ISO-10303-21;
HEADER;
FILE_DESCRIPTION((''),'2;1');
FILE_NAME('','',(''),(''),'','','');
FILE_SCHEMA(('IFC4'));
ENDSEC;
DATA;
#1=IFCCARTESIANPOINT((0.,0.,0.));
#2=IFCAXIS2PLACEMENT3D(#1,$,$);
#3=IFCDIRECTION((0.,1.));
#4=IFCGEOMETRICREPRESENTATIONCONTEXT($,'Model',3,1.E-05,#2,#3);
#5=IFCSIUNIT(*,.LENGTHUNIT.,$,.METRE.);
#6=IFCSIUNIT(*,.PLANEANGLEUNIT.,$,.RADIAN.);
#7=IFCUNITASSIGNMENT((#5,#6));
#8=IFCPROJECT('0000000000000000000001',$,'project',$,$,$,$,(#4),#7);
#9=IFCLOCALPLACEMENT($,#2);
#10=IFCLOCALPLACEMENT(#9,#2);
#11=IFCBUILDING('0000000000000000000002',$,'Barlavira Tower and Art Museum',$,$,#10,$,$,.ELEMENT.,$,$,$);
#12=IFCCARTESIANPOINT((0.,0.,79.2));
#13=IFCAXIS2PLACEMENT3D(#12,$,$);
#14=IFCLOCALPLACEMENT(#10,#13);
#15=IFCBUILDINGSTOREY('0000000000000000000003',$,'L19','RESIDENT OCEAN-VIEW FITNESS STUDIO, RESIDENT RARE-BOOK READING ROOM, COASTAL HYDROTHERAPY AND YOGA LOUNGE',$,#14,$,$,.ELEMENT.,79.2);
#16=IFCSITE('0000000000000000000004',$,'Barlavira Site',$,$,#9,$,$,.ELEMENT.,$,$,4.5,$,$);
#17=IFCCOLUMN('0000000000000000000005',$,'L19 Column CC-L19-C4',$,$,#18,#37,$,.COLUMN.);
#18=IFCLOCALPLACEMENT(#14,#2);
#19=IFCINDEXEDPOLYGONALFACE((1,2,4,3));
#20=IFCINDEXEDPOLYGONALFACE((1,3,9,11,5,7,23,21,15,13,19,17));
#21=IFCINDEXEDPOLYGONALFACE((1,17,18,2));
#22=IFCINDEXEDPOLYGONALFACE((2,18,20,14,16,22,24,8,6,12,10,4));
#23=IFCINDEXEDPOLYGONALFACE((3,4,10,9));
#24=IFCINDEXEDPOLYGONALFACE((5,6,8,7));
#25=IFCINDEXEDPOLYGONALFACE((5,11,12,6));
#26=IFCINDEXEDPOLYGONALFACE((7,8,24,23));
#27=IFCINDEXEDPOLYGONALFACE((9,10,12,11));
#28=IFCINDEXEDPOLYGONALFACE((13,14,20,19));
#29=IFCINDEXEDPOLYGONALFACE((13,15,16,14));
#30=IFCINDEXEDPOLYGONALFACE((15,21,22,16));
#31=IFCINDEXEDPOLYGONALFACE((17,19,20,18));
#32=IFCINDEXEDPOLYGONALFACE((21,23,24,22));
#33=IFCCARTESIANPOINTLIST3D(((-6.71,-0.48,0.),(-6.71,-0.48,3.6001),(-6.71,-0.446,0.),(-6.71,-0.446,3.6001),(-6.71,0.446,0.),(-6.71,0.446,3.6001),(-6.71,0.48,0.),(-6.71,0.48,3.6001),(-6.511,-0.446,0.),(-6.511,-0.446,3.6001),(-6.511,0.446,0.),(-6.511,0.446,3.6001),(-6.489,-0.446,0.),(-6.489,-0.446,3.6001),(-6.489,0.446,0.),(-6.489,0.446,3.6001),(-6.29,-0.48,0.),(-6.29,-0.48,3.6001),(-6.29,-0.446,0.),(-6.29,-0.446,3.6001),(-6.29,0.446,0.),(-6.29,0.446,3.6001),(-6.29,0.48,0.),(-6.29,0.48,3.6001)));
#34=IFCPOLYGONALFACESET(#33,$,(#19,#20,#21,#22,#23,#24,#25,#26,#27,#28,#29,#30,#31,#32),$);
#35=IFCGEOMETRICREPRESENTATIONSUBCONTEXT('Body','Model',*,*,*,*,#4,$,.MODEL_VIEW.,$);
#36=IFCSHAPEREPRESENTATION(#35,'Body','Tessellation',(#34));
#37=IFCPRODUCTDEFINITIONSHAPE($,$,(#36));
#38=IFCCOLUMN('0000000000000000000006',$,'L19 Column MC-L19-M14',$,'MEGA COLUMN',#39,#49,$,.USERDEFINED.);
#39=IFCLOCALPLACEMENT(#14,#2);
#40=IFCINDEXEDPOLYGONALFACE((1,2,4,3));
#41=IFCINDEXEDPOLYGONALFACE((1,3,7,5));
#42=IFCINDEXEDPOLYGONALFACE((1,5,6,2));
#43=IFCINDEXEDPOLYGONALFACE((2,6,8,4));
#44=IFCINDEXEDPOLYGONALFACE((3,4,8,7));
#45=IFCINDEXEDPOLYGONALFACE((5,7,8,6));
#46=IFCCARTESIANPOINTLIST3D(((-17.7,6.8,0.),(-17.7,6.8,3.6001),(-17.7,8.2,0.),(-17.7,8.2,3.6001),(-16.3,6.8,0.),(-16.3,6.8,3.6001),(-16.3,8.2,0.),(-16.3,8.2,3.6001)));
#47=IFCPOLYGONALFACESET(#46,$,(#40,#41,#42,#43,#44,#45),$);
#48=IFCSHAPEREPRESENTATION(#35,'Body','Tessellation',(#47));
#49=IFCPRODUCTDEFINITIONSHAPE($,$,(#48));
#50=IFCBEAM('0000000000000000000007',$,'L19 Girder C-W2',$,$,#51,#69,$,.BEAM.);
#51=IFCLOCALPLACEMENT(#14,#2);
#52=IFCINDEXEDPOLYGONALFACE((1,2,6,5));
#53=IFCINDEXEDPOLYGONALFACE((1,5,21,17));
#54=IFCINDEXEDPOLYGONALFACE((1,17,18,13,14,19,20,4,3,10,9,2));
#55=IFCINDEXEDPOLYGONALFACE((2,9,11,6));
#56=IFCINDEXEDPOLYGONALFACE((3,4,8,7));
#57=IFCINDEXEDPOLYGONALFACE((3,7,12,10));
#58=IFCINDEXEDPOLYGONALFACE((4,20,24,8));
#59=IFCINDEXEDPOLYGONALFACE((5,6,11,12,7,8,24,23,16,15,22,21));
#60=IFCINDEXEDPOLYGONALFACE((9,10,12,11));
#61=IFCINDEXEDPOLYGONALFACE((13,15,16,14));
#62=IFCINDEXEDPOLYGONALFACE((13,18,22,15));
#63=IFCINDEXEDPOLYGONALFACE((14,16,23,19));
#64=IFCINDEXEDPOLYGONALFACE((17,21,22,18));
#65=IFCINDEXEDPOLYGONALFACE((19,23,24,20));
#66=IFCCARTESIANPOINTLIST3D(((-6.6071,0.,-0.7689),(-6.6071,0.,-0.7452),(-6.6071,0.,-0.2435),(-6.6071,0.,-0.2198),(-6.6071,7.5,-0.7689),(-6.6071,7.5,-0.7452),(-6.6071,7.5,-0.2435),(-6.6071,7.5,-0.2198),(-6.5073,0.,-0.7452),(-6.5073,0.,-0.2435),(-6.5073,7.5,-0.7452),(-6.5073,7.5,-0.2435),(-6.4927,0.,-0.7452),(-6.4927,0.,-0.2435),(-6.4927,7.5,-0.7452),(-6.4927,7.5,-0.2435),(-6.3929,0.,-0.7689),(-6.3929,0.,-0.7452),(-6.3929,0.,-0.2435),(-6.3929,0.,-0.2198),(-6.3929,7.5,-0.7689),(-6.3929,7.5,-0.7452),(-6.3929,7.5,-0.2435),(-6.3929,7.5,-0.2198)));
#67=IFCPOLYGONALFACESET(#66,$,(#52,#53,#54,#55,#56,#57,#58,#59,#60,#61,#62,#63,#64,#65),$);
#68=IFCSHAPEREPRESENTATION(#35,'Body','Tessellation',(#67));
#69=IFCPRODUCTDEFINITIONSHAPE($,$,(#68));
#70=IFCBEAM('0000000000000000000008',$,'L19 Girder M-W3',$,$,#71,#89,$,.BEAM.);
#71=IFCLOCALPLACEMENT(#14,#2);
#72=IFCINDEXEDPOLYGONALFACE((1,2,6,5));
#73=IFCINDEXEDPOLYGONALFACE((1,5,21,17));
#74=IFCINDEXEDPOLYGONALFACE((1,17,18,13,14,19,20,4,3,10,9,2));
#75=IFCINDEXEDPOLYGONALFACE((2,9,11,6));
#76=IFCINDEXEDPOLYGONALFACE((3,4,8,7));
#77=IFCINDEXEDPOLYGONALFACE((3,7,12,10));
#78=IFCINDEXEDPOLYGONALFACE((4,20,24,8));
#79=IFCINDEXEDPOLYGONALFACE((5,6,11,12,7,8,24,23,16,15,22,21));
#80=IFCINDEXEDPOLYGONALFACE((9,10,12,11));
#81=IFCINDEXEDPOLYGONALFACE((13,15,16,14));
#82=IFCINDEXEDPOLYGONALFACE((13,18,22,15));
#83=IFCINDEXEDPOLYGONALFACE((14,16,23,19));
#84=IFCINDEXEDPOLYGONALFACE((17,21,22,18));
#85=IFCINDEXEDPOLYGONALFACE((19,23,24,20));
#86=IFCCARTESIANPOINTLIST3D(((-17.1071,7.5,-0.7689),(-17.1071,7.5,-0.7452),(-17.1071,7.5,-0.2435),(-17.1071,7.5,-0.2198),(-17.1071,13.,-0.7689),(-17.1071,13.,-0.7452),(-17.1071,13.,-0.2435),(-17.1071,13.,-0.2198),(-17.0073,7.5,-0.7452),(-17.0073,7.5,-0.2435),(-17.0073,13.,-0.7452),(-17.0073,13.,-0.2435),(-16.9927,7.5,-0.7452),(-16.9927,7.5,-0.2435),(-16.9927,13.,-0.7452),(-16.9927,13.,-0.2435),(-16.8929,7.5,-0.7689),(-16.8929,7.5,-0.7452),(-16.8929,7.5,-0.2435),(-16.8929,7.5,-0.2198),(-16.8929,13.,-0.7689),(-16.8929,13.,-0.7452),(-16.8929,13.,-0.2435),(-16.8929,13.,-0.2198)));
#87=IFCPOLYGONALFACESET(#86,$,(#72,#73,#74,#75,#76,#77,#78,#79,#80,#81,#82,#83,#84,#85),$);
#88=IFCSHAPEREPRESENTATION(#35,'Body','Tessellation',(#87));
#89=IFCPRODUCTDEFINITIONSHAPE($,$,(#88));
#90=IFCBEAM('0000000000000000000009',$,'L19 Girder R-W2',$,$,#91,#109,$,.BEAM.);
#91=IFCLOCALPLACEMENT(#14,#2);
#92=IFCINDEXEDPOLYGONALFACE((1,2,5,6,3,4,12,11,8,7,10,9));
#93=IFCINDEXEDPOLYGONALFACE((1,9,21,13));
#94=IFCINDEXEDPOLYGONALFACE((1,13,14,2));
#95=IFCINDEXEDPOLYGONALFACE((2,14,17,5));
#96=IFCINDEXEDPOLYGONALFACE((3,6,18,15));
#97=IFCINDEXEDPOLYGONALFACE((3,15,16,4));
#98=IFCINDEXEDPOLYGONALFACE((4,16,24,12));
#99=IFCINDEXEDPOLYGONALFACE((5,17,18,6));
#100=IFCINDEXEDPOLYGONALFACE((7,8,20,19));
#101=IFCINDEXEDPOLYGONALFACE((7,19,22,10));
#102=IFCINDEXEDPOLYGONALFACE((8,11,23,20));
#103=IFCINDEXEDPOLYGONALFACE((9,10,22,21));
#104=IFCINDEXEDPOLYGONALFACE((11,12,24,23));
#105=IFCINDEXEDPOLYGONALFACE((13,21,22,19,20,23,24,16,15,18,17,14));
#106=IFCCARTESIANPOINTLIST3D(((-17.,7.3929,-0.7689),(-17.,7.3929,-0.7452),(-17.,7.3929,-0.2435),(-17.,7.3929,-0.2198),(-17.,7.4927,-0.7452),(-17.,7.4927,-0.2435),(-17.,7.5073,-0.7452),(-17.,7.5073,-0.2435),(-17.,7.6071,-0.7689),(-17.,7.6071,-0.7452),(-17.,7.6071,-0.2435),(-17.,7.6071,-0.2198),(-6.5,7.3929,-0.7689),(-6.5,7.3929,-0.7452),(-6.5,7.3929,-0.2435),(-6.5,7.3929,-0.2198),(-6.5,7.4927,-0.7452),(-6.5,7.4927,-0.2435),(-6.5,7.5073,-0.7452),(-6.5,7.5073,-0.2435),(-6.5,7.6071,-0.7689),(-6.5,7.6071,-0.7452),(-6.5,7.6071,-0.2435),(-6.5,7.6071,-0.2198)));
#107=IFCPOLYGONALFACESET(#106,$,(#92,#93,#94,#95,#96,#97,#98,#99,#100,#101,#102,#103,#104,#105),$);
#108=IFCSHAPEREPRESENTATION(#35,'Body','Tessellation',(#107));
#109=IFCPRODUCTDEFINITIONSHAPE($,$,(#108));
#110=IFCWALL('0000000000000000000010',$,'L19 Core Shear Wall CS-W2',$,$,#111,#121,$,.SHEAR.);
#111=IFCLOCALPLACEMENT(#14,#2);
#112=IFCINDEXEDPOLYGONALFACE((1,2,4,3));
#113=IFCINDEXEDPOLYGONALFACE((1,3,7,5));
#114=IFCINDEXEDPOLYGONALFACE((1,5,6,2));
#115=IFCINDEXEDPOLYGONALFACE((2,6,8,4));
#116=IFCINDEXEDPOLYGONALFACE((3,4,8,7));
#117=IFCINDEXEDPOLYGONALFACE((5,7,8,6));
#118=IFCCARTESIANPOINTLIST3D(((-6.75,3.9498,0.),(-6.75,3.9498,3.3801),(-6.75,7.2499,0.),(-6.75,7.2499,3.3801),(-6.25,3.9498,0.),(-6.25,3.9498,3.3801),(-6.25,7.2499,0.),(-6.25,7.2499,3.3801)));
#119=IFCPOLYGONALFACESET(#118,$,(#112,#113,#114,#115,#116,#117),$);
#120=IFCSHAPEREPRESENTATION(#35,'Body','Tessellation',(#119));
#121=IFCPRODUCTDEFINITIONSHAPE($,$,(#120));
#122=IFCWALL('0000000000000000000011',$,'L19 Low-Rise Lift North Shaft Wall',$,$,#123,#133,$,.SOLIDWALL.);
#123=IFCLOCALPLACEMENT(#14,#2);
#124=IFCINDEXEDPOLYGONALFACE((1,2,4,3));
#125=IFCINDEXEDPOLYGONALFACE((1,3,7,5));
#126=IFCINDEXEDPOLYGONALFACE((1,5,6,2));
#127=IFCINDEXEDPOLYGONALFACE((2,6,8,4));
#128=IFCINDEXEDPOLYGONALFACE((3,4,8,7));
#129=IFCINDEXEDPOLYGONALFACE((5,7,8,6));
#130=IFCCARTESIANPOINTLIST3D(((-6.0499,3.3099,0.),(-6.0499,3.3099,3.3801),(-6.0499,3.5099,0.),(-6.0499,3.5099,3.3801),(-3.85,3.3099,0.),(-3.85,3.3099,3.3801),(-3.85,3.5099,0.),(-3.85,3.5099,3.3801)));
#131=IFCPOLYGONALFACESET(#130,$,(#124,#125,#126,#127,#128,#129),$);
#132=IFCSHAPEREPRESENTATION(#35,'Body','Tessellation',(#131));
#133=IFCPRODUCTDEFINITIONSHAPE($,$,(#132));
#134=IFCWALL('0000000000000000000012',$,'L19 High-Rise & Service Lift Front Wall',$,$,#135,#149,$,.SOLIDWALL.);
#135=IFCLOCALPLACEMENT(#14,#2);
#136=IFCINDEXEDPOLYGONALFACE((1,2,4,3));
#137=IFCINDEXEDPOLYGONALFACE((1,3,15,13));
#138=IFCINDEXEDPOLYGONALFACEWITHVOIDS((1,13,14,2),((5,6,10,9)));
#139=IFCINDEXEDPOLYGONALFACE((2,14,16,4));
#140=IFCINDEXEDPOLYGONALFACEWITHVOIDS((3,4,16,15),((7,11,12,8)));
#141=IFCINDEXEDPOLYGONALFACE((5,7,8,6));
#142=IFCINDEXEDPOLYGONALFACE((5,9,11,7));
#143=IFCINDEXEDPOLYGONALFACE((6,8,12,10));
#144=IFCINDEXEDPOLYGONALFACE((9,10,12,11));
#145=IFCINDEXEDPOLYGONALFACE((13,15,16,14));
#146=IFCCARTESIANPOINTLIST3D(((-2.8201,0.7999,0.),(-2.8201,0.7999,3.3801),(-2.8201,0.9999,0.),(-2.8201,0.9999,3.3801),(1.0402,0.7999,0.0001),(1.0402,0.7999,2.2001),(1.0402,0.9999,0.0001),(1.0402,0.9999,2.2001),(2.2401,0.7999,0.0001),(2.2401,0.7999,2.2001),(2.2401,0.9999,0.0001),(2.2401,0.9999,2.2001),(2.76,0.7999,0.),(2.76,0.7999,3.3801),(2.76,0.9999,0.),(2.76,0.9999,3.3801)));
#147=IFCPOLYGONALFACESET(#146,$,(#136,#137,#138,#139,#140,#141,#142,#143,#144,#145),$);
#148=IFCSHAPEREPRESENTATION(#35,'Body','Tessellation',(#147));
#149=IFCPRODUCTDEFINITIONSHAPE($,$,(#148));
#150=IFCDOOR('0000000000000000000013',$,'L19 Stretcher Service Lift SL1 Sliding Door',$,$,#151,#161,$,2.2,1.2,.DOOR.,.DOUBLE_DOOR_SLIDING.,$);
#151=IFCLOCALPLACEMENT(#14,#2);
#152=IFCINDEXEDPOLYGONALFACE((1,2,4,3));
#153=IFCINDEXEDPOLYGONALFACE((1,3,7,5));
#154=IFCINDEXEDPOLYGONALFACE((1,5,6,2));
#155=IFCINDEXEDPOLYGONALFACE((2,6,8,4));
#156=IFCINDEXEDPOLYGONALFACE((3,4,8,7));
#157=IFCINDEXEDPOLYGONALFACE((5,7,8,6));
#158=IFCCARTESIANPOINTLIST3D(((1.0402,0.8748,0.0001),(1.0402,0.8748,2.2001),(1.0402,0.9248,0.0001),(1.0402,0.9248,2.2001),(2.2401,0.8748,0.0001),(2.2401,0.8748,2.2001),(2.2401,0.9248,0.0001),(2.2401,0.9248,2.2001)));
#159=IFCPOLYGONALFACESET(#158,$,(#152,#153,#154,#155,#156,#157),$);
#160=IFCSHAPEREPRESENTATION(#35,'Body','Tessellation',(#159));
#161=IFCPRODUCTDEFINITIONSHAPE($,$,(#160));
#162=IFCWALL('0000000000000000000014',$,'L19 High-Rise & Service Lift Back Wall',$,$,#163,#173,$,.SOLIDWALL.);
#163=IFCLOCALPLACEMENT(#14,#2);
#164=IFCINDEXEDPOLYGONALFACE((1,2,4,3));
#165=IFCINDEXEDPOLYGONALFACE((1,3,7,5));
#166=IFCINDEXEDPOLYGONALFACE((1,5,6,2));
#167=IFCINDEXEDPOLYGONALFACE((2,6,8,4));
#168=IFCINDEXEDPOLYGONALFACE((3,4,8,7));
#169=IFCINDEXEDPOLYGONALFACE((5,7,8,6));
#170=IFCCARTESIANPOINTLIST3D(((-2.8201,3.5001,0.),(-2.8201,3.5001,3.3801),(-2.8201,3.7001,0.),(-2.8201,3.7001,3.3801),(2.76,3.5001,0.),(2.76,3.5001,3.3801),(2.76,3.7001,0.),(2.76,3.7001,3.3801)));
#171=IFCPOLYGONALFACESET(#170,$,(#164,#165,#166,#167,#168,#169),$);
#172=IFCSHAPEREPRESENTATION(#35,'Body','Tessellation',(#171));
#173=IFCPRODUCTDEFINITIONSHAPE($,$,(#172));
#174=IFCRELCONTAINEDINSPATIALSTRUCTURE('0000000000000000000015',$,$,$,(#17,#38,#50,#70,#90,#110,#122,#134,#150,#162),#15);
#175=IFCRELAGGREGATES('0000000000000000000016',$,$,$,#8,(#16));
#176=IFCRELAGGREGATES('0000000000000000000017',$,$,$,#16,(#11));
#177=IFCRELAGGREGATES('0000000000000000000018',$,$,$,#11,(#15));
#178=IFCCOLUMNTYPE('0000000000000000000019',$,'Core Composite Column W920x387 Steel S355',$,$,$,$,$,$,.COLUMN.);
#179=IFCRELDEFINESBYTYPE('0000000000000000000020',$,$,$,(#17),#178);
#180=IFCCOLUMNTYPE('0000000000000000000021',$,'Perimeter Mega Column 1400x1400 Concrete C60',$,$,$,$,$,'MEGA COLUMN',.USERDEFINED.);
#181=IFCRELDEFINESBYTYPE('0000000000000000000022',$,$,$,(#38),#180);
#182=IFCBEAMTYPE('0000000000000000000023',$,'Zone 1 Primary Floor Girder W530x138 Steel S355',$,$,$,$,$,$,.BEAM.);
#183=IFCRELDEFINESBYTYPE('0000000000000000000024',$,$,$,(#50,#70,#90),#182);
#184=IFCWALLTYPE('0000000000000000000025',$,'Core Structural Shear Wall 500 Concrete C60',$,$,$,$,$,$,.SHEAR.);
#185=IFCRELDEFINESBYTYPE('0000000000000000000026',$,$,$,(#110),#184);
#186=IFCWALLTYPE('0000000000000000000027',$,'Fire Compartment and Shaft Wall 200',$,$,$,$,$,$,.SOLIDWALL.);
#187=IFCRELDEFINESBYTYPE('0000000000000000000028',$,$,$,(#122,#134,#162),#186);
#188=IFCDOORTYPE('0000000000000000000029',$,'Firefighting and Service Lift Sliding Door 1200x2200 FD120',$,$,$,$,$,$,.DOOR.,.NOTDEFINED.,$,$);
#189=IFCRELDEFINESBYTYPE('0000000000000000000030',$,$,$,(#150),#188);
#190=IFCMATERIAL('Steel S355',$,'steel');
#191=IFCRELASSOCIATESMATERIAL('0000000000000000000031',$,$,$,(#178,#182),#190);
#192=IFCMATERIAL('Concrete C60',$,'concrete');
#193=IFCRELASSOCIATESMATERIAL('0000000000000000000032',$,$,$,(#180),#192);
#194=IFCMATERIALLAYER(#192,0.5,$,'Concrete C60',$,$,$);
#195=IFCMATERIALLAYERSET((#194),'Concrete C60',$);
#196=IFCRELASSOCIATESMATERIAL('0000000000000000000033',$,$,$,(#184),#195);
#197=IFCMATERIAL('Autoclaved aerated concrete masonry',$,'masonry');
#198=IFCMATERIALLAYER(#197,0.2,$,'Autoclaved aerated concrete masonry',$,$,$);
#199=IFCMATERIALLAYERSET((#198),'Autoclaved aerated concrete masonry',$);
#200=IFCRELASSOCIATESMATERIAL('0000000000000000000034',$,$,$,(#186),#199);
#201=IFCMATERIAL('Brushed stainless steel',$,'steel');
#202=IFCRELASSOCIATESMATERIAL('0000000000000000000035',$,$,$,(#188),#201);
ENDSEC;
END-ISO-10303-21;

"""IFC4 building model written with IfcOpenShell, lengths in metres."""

from ifc_helpers import new_model, si_unit, direction, frame, frame_2d, origin, origin_2d, place, context, subcontext, project, spatial, rectangle, i_section, extrude, material, layer, layer_set, material_profile, profile_set, type_object, element, fill, save


model = new_model("IFC4")

# Units and contexts
model_context = context("Model", 3, precision=1e-05, world=origin(), true_north=direction((0.0, 1.0)))
body_context = subcontext(model_context, "Body", "Model", "MODEL_VIEW")
ifc_project = project(units=[si_unit("LENGTHUNIT", "METRE"), si_unit("PLANEANGLEUNIT", "RADIAN")], contexts=[model_context])

# Site, building, storey
site_placement = place(None, origin())
site = spatial("IfcSite", under=ifc_project, at=site_placement, Name="Barlavira Site", CompositionType="ELEMENT", RefElevation=4.5)
building_placement = place(site_placement, origin())
building = spatial("IfcBuilding", under=site, at=building_placement, Name="Barlavira Tower and Art Museum", CompositionType="ELEMENT")
storey_placement = place(building_placement, frame((0.0, 0.0, 79.2)))
storey = spatial("IfcBuildingStorey", under=building, at=storey_placement, Name="L19", Description="RESIDENT OCEAN-VIEW FITNESS STUDIO, RESIDENT RARE-BOOK READING ROOM, COASTAL HYDROTHERAPY AND YOGA LOUNGE", CompositionType="ELEMENT", Elevation=79.2)

# Columns
ifc_material_1 = material(Name="Steel S355", Category="steel")
ifc_material_profile_1 = material_profile(ifc_material_1, i_section(OverallWidth=0.4199, OverallDepth=0.96, WebThickness=0.022, FlangeThickness=0.0339, at=origin_2d()), Name="W920x387.0")
ifc_profile_set_1 = profile_set([ifc_material_profile_1], Name="Steel S355")
column_type_1 = type_object("IfcColumnType", Name="Core Composite Column W920x387 Steel S355", PredefinedType="COLUMN", material=ifc_profile_set_1)
column_1_placement = place(storey_placement, frame((-6.5, 0.0, 0.0), z_axis=(0.0, 0.0, 1.0), x_axis=(1.0, 0.0, 0.0)))
element("IfcColumn", 1, at=column_1_placement, inside=storey, type_object=column_type_1, Name="L19 Column CC-L19-C4", PredefinedType="COLUMN", context=body_context, shape_type="SweptSolid", body=[
    extrude(i_section(OverallWidth=0.4199, OverallDepth=0.96, WebThickness=0.022, FlangeThickness=0.0339, at=origin_2d()), origin(), (0.0, 0.0, 1.0), 3.6001),
])
ifc_material_2 = material(Name="Concrete C60", Category="concrete")
ifc_material_profile_2 = material_profile(ifc_material_2, rectangle(XDim=1.3999, YDim=1.3999, at=origin_2d()), Name="RC-MCOL 1400x1400")
ifc_profile_set_2 = profile_set([ifc_material_profile_2], Name="Concrete C60")
column_type_2 = type_object("IfcColumnType", Name="Perimeter Mega Column 1400x1400 Concrete C60", ElementType="MEGA COLUMN", PredefinedType="USERDEFINED", material=ifc_profile_set_2)
column_2_placement = place(storey_placement, frame((-17.0, 7.5, 0.0), z_axis=(0.0, 0.0, 1.0), x_axis=(1.0, 0.0, 0.0)))
element("IfcColumn", 2, at=column_2_placement, inside=storey, type_object=column_type_2, Name="L19 Column MC-L19-M14", ObjectType="MEGA COLUMN", PredefinedType="USERDEFINED", context=body_context, shape_type="SweptSolid", body=[
    extrude(rectangle(XDim=1.3999, YDim=1.3999, at=origin_2d()), origin(), (0.0, 0.0, 1.0), 3.6001),
])

# Beams
ifc_material_profile_3 = material_profile(ifc_material_1, i_section(OverallWidth=0.2141, OverallDepth=0.5491, WebThickness=0.0146, FlangeThickness=0.0237, at=origin_2d()), Name="W530x138.0")
ifc_profile_set_3 = profile_set([ifc_material_profile_3], Name="Steel S355")
beam_type = type_object("IfcBeamType", Name="Zone 1 Primary Floor Girder W530x138 Steel S355", PredefinedType="BEAM", material=ifc_profile_set_3)
beam_1_placement = place(storey_placement, frame((-6.5, 0.0, -0.4944), z_axis=(0.0, 1.0, 0.0), x_axis=(-1.0, 0.0, 0.0)))
element("IfcBeam", 3, at=beam_1_placement, inside=storey, type_object=beam_type, Name="L19 Girder C-W2", PredefinedType="BEAM", context=body_context, shape_type="SweptSolid", body=[
    extrude(i_section(OverallWidth=0.2141, OverallDepth=0.5491, WebThickness=0.0146, FlangeThickness=0.0237, at=origin_2d()), origin(), (0.0, 0.0, 1.0), 7.5),
])
beam_2_placement = place(storey_placement, frame((-17.0, 7.5, -0.4944), z_axis=(0.0, 1.0, 0.0), x_axis=(-1.0, 0.0, 0.0)))
element("IfcBeam", 4, at=beam_2_placement, inside=storey, type_object=beam_type, Name="L19 Girder M-W3", PredefinedType="BEAM", context=body_context, shape_type="SweptSolid", body=[
    extrude(i_section(OverallWidth=0.2141, OverallDepth=0.5491, WebThickness=0.0146, FlangeThickness=0.0237, at=origin_2d()), origin(), (0.0, 0.0, 1.0), 5.5),
])
beam_3_placement = place(storey_placement, frame((-17.0, 7.5, -0.4944), z_axis=(1.0, 0.0, 0.0), x_axis=(0.0, 1.0, 0.0)))
element("IfcBeam", 5, at=beam_3_placement, inside=storey, type_object=beam_type, Name="L19 Girder R-W2", PredefinedType="BEAM", context=body_context, shape_type="SweptSolid", body=[
    extrude(i_section(OverallWidth=0.2141, OverallDepth=0.5491, WebThickness=0.0146, FlangeThickness=0.0237, at=origin_2d()), origin(), (0.0, 0.0, 1.0), 10.5),
])

# Shared definitions
ifc_layer_1 = layer(ifc_material_2, 0.5, Name="Concrete C60")
ifc_layer_set_1 = layer_set([ifc_layer_1], Name="Concrete C60")
wall_type_1 = type_object("IfcWallType", Name="Core Structural Shear Wall 500 Concrete C60", PredefinedType="SHEAR", material=ifc_layer_set_1)
ifc_material_3 = material(Name="Brushed stainless steel", Category="steel")

# Walls
wall_1_placement = place(storey_placement, frame((-6.5, 3.95, 0.0), z_axis=(0.0, 0.0, 1.0), x_axis=(0.0, 1.0, 0.0)))
element("IfcWall", 6, at=wall_1_placement, inside=storey, type_object=wall_type_1, Name="L19 Core Shear Wall CS-W2", PredefinedType="SHEAR", context=body_context, shape_type="SweptSolid", body=[
    extrude(rectangle(XDim=3.3, YDim=0.5, at=frame_2d((1.6499, 0.0))), origin(), (0.0, 0.0, 1.0), 3.3801),
])
ifc_material_4 = material(Name="Autoclaved aerated concrete masonry", Category="masonry")
ifc_layer_2 = layer(ifc_material_4, 0.2, Name="Autoclaved aerated concrete masonry")
ifc_layer_set_2 = layer_set([ifc_layer_2], Name="Autoclaved aerated concrete masonry")
wall_type_2 = type_object("IfcWallType", Name="Fire Compartment and Shaft Wall 200", PredefinedType="SOLIDWALL", material=ifc_layer_set_2)
wall_2_placement = place(storey_placement, frame((-6.05, 3.4099, 0.0), z_axis=(0.0, 0.0, 1.0), x_axis=(1.0, 0.0, 0.0)))
element("IfcWall", 7, at=wall_2_placement, inside=storey, type_object=wall_type_2, Name="L19 Low-Rise Lift North Shaft Wall", PredefinedType="SOLIDWALL", context=body_context, shape_type="SweptSolid", body=[
    extrude(rectangle(XDim=2.2, YDim=0.2, at=frame_2d((1.1001, 0.0))), origin(), (0.0, 0.0, 1.0), 3.3801),
])

# Wall, opening, door
wall_3_placement = place(storey_placement, frame((-2.8201, 0.8999, 0.0), z_axis=(0.0, 0.0, 1.0), x_axis=(1.0, 0.0, 0.0)))
wall_3 = element("IfcWall", 8, at=wall_3_placement, inside=storey, type_object=wall_type_2, Name="L19 High-Rise & Service Lift Front Wall", PredefinedType="SOLIDWALL", context=body_context, shape_type="SweptSolid", body=[
    extrude(rectangle(XDim=5.5801, YDim=0.2, at=frame_2d((2.79, 0.0))), origin(), (0.0, 0.0, 1.0), 3.3801),
])
opening_1_placement = place(wall_3_placement, frame((3.8601, 0.0, 0.0)))
opening_1 = element("IfcOpeningElement", 9, at=opening_1_placement, cuts=wall_3, PredefinedType="OPENING", context=body_context, shape_type="SweptSolid", body=[
    extrude(rectangle(XDim=1.2, YDim=2.2, at=frame_2d((0.6001, 1.1001))), frame((0.0, 0.1099, 0.0), z_axis=(0.0, -1.0, 0.0), x_axis=(1.0, 0.0, 0.0)), (0.0, 0.0, 1.0), 0.22),
])
door_type_1 = type_object("IfcDoorType", Name="Firefighting and Service Lift Sliding Door 1200x2200 FD120", OperationType="NOTDEFINED", PredefinedType="DOOR", material=ifc_material_3)
door_1_placement = place(opening_1_placement, origin())
door_1 = element("IfcDoor", 10, at=door_1_placement, inside=storey, type_object=door_type_1, Name="L19 Stretcher Service Lift SL1 Sliding Door", OperationType="DOUBLE_DOOR_SLIDING", OverallHeight=2.2, OverallWidth=1.2, PredefinedType="DOOR", context=body_context, shape_type="SweptSolid", body=[
    extrude(rectangle(XDim=1.2, YDim=2.2, at=frame_2d((0.6001, 1.1001))), frame((0.0, 0.0249, 0.0), z_axis=(0.0, -1.0, 0.0), x_axis=(1.0, 0.0, 0.0)), (0.0, 0.0, 1.0), 0.05),
])
fill(opening_1, door_1)

# Wall
wall_4_placement = place(storey_placement, frame((-2.8201, 3.6001, 0.0), z_axis=(0.0, 0.0, 1.0), x_axis=(1.0, 0.0, 0.0)))
element("IfcWall", 11, at=wall_4_placement, inside=storey, type_object=wall_type_2, Name="L19 High-Rise & Service Lift Back Wall", PredefinedType="SOLIDWALL", context=body_context, shape_type="SweptSolid", body=[
    extrude(rectangle(XDim=5.5801, YDim=0.2, at=frame_2d((2.79, 0.0))), origin(), (0.0, 0.0, 1.0), 3.3801),
])

save(model, "model.ifc")
